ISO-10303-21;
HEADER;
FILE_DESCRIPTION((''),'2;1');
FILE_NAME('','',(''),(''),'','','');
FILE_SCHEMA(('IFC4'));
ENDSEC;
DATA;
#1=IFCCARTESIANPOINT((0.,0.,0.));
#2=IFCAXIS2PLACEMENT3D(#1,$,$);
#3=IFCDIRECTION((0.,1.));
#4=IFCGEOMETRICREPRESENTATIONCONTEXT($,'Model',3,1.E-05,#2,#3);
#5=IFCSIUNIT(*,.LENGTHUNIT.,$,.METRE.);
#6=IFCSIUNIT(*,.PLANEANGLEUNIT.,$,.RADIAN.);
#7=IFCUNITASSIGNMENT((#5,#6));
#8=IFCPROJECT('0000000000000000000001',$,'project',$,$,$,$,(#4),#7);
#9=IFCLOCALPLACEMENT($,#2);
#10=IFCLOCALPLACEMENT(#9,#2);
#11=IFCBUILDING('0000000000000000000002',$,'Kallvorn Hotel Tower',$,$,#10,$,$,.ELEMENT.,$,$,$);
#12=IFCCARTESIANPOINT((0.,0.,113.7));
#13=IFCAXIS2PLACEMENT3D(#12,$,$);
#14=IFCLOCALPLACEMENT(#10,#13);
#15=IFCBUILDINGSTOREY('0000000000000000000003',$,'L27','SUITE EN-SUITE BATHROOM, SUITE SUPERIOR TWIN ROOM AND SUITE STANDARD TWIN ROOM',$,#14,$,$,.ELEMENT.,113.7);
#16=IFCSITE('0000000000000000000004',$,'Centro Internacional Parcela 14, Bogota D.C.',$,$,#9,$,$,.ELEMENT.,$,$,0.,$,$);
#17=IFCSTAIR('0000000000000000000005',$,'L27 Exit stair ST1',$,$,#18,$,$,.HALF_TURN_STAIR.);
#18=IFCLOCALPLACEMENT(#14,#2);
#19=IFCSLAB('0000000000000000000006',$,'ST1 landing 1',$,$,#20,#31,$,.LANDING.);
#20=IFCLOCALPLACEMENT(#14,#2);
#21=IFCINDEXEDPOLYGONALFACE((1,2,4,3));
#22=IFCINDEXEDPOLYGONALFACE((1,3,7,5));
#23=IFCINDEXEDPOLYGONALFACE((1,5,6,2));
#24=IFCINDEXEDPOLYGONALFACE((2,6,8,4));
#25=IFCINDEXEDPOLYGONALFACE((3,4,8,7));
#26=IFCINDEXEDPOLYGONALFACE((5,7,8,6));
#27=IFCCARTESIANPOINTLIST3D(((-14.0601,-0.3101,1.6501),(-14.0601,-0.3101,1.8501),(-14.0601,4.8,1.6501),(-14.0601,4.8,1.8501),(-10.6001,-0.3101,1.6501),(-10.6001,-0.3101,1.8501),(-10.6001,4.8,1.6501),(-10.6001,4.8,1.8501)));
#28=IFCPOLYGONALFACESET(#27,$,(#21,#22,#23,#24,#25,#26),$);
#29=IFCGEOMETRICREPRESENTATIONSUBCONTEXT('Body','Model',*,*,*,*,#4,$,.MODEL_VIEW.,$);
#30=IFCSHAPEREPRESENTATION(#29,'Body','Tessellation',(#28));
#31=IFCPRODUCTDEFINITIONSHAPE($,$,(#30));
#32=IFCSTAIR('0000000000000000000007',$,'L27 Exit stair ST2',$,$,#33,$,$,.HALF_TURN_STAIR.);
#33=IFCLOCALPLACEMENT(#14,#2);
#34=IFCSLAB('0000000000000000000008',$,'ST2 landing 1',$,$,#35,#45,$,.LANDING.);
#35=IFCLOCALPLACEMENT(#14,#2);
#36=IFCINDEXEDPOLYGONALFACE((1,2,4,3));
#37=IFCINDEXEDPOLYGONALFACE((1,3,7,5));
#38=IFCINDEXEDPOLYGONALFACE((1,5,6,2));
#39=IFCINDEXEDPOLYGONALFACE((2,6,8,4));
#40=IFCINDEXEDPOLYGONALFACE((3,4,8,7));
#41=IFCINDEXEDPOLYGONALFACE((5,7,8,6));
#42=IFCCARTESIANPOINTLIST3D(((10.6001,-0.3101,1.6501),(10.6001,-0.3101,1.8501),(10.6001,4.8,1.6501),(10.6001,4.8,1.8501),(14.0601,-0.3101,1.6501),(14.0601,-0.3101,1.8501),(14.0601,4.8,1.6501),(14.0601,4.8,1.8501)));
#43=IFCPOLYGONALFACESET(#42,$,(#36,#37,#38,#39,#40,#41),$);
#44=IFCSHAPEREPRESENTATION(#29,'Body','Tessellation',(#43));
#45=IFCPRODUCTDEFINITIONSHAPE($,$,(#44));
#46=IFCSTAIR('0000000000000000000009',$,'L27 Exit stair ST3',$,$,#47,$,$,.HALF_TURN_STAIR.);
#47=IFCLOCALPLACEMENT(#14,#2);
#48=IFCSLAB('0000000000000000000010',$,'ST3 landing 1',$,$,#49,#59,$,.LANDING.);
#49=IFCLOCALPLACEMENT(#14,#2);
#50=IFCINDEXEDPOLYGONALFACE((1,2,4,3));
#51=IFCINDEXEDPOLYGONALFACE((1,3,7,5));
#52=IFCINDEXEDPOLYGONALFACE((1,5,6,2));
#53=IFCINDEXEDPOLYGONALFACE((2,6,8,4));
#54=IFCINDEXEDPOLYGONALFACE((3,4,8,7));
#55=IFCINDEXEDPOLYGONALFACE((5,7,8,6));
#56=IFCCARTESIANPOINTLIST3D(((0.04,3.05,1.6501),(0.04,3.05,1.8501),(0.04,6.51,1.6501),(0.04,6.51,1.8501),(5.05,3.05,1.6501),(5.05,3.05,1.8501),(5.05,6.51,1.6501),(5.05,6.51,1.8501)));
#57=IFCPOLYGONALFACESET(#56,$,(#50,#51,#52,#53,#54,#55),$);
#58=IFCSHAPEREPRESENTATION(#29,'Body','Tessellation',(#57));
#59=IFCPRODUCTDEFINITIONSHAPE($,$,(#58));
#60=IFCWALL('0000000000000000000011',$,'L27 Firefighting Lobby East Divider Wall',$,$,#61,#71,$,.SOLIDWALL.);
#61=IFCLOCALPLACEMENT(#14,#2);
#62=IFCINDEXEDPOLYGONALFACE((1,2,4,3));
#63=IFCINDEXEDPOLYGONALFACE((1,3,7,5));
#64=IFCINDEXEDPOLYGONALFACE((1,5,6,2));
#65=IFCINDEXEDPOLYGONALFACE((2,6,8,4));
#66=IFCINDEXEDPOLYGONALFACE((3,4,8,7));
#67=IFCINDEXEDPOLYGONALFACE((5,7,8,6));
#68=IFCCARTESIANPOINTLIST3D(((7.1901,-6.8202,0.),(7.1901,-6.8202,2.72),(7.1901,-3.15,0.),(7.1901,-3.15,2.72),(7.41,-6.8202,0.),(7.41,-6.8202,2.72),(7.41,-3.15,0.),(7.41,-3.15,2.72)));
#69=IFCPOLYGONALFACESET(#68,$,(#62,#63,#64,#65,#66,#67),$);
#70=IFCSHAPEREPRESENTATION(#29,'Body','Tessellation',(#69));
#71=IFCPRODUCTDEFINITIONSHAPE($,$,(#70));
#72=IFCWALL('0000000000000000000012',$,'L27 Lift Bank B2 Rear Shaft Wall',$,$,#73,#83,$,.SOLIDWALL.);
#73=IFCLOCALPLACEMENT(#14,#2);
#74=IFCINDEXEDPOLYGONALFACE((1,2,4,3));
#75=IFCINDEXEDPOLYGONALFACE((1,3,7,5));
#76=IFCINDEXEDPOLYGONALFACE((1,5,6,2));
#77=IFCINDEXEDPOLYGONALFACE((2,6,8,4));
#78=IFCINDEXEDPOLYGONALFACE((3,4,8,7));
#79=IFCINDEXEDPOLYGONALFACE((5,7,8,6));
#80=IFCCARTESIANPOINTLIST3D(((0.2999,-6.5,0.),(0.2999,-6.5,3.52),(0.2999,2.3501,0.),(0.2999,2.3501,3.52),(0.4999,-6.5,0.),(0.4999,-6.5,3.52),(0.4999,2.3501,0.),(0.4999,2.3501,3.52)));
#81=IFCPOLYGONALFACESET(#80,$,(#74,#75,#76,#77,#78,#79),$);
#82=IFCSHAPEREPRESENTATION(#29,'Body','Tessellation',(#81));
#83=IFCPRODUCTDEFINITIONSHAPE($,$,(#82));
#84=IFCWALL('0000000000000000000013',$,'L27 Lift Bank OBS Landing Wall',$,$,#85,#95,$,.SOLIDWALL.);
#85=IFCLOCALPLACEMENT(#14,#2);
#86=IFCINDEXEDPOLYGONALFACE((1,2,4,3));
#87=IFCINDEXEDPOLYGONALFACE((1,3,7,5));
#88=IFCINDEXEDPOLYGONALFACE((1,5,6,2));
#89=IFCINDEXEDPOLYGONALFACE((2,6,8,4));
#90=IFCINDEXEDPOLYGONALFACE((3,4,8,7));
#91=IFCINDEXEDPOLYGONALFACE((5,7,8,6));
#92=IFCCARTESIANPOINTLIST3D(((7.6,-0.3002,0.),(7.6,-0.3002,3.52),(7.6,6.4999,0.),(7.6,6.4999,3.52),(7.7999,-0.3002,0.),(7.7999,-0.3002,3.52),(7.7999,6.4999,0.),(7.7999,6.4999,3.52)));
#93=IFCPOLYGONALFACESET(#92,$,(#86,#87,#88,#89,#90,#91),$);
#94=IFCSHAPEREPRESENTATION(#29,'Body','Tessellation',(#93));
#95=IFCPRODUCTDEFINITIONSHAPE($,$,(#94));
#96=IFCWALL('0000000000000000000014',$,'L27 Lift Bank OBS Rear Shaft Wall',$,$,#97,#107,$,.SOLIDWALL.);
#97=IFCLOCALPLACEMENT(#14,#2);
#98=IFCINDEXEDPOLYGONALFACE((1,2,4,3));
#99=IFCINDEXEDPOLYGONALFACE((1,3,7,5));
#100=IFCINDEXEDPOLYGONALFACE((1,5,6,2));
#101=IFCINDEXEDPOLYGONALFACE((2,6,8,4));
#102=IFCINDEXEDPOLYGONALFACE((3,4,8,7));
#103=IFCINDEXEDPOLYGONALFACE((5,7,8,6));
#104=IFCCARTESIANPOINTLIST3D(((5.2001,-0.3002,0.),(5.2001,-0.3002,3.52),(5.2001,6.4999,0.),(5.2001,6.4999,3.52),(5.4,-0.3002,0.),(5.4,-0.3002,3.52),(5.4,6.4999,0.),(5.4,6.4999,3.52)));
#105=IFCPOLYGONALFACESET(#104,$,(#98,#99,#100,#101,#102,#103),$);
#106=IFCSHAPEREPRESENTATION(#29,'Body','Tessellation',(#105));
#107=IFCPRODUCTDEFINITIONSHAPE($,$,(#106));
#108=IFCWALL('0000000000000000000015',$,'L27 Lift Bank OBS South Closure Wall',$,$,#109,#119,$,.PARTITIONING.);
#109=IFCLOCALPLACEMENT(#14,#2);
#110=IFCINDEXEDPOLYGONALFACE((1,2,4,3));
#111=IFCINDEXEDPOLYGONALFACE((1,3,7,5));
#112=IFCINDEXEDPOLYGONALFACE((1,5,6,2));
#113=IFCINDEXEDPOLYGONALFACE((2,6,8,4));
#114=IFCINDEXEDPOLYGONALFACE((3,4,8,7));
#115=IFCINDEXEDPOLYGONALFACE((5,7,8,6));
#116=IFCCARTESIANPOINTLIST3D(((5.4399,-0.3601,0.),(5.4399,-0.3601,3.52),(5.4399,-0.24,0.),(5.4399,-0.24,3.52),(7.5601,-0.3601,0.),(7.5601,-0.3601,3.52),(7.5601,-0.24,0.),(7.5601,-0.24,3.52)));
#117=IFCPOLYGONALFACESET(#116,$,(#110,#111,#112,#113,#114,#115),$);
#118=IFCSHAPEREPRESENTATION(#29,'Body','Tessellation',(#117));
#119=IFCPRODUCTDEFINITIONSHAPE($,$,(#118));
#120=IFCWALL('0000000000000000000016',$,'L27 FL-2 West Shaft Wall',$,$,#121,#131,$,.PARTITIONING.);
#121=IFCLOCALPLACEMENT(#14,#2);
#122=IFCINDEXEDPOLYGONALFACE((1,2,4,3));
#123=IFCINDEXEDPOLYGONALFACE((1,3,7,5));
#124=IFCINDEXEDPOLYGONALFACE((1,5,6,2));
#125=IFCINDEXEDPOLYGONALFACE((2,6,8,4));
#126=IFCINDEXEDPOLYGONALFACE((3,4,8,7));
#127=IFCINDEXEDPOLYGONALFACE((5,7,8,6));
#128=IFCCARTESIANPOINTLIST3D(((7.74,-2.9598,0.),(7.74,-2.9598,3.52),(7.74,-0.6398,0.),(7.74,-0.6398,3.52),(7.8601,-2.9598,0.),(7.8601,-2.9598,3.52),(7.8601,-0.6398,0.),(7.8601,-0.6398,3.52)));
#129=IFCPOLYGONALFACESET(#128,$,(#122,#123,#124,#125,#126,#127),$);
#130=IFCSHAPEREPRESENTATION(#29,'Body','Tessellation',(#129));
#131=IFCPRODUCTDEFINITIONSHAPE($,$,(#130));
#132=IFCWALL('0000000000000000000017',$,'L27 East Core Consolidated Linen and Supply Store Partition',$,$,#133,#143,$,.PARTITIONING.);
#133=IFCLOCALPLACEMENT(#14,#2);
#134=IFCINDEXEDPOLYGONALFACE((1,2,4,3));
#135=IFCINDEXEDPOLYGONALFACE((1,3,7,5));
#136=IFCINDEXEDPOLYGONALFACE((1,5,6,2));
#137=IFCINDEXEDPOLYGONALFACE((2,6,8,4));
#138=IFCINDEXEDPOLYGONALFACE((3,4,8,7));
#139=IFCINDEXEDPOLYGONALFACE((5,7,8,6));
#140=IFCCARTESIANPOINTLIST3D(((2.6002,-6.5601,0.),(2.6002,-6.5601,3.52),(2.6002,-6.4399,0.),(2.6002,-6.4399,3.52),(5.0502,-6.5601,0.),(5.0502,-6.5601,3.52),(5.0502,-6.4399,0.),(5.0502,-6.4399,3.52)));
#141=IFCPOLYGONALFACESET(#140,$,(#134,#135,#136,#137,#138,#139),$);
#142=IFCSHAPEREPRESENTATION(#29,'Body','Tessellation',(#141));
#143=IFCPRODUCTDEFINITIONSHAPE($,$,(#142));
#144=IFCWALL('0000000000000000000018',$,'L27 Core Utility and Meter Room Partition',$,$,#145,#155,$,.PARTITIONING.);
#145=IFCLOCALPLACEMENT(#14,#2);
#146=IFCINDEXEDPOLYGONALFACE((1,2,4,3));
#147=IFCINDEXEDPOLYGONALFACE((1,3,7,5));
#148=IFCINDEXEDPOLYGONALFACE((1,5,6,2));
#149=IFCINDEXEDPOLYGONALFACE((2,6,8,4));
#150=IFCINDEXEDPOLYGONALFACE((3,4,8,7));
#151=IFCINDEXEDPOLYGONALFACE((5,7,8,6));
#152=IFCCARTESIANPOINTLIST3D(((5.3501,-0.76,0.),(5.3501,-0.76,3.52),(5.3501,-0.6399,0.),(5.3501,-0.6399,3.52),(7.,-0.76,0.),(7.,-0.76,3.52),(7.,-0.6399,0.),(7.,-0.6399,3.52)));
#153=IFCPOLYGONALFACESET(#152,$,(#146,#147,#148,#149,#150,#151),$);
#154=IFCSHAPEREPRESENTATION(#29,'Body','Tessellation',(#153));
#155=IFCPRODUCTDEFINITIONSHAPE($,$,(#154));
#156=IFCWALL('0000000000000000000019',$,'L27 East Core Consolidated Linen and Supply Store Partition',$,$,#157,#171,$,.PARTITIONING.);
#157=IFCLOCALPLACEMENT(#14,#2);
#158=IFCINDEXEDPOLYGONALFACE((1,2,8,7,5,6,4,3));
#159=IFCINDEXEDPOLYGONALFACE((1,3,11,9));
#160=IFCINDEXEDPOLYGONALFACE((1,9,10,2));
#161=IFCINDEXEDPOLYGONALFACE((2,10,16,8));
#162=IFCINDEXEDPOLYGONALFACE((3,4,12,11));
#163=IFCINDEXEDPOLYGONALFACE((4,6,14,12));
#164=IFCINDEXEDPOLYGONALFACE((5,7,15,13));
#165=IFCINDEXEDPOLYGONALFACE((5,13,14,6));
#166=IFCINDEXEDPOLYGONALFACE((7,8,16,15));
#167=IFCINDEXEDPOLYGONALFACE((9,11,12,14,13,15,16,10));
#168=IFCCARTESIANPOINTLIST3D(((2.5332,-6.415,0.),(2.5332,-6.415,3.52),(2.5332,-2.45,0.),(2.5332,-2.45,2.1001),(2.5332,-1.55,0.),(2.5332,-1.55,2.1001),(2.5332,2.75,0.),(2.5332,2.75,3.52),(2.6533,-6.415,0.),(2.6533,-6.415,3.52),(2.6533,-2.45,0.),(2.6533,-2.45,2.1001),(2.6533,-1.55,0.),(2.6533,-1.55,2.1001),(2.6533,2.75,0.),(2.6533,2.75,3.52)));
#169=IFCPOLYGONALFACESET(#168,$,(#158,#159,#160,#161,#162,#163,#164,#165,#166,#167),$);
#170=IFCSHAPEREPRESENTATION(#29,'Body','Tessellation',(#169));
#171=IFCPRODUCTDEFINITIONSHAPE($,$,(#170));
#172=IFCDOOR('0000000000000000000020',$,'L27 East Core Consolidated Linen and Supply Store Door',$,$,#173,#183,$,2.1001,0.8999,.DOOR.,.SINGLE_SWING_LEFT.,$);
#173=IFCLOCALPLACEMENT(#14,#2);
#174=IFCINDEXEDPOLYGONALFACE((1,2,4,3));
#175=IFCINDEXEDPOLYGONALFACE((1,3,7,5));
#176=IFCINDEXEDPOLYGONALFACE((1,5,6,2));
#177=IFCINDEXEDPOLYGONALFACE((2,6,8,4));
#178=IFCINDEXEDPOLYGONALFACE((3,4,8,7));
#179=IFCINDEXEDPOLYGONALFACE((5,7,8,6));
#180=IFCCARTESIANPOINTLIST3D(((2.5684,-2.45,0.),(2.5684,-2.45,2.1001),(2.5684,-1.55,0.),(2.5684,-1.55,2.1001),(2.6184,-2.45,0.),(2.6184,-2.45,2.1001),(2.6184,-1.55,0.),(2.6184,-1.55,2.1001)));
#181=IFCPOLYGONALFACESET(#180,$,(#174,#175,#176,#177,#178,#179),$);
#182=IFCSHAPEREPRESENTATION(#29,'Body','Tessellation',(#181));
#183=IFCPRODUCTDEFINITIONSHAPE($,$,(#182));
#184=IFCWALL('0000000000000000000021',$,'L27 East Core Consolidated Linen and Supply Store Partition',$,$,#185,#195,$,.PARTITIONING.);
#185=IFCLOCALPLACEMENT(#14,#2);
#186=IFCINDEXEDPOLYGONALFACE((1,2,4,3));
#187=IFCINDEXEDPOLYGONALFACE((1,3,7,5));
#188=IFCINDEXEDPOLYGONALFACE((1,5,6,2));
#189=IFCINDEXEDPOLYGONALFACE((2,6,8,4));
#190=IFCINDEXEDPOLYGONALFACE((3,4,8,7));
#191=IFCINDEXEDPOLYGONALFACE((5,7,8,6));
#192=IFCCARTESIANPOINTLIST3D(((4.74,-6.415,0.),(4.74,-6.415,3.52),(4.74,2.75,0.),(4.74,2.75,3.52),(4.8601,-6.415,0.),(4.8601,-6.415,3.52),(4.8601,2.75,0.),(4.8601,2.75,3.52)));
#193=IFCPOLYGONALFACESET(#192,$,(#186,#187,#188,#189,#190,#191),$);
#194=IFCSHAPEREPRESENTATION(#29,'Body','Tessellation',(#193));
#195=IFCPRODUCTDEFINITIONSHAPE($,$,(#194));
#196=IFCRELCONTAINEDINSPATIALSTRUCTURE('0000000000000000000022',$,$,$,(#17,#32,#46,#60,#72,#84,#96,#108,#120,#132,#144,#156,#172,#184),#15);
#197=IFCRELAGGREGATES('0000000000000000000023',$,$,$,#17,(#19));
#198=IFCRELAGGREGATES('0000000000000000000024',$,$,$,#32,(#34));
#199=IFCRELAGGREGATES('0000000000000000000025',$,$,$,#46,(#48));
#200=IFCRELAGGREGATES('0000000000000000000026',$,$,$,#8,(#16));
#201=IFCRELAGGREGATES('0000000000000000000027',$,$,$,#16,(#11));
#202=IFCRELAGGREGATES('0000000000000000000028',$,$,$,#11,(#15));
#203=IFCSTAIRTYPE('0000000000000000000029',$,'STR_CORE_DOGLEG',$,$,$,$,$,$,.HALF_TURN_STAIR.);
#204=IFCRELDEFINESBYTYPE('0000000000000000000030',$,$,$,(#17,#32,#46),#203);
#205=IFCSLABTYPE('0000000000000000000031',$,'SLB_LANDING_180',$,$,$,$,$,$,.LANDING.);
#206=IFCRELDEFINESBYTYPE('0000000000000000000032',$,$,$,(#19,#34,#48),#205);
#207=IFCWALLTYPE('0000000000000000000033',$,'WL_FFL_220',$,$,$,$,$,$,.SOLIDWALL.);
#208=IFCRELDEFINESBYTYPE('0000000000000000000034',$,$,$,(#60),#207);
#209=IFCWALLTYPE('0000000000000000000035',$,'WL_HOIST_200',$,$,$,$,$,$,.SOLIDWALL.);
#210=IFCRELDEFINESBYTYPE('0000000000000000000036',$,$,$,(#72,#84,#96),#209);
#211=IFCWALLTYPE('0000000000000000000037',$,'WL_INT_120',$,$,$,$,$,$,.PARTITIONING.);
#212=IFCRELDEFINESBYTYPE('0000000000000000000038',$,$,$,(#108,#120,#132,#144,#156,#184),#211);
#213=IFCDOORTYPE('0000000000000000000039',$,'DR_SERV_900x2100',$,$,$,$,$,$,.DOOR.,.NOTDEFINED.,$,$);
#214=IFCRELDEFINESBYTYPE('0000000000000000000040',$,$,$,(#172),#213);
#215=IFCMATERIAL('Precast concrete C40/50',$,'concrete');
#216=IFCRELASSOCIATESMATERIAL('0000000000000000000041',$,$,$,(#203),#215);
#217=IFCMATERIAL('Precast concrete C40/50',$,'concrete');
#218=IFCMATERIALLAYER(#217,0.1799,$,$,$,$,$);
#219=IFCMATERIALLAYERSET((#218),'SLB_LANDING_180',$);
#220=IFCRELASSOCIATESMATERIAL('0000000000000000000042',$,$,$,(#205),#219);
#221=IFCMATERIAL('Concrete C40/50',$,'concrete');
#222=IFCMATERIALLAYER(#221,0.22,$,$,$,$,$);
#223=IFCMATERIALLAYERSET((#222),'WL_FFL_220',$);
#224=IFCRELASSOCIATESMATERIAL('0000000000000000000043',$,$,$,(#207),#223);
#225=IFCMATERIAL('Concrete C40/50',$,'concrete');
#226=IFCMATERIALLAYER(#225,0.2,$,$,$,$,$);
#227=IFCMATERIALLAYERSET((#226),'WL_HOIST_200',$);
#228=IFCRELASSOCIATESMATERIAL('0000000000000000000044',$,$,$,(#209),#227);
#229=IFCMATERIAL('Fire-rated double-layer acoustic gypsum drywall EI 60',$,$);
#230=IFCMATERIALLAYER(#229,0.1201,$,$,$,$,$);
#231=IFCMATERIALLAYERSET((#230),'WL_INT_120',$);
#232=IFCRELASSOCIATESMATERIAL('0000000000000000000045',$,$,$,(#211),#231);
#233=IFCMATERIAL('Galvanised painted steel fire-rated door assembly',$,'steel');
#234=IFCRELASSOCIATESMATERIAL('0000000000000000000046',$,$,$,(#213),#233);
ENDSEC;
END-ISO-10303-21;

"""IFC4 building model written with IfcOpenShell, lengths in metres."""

from ifc_helpers import new_model, si_unit, direction, frame, frame_2d, origin, place, context, subcontext, project, spatial, polyline, rectangle, outline, extrude, material, layer, layer_set, type_object, element, fill, aggregate, save


model = new_model("IFC4")

# Units and contexts
model_context = context("Model", 3, precision=1e-05, world=origin(), true_north=direction((0.0, 1.0)))
body_context = subcontext(model_context, "Body", "Model", "MODEL_VIEW")
ifc_project = project(units=[si_unit("LENGTHUNIT", "METRE"), si_unit("PLANEANGLEUNIT", "RADIAN")], contexts=[model_context])

# Site, building, storey
site_placement = place(None, origin())
site = spatial("IfcSite", under=ifc_project, at=site_placement, Name="Centro Internacional Parcela 14, Bogota D.C.", CompositionType="ELEMENT", RefElevation=0.0)
building_placement = place(site_placement, origin())
building = spatial("IfcBuilding", under=site, at=building_placement, Name="Kallvorn Hotel Tower", CompositionType="ELEMENT")
storey_placement = place(building_placement, frame((0.0, 0.0, 113.7)))
storey = spatial("IfcBuildingStorey", under=building, at=storey_placement, Name="L27", Description="SUITE EN-SUITE BATHROOM, SUITE SUPERIOR TWIN ROOM AND SUITE STANDARD TWIN ROOM", CompositionType="ELEMENT", Elevation=113.7)

# Stairs, slabs
ifc_material_1 = material(Name="Precast concrete C40/50", Category="concrete")
stair_type = type_object("IfcStairType", Name="STR_CORE_DOGLEG", PredefinedType="HALF_TURN_STAIR", material=ifc_material_1)
stair_1_placement = place(storey_placement, origin())
stair_1 = element("IfcStair", 1, at=stair_1_placement, inside=storey, type_object=stair_type, Name="L27 Exit stair ST1", PredefinedType="HALF_TURN_STAIR")
ifc_material_2 = material(Name="Precast concrete C40/50", Category="concrete")
ifc_layer_1 = layer(ifc_material_2, 0.1799)
ifc_layer_set_1 = layer_set([ifc_layer_1], Name="SLB_LANDING_180")
slab_type = type_object("IfcSlabType", Name="SLB_LANDING_180", PredefinedType="LANDING", material=ifc_layer_set_1)
slab_1_placement = place(storey_placement, frame((0.0, 0.0, 1.6501)))
slab_1 = element("IfcSlab", 2, at=slab_1_placement, type_object=slab_type, Name="ST1 landing 1", PredefinedType="LANDING", context=body_context, shape_type="SweptSolid", body=[
    extrude(outline(polyline([(-10.6001, -0.3101), (-10.6001, 4.8), (-14.0601, 4.8), (-14.0601, -0.3101), (-10.6001, -0.3101)])), origin(), (0.0, 0.0, 1.0), 0.2),
])
aggregate(stair_1, [slab_1])
stair_2_placement = place(storey_placement, origin())
stair_2 = element("IfcStair", 3, at=stair_2_placement, inside=storey, type_object=stair_type, Name="L27 Exit stair ST2", PredefinedType="HALF_TURN_STAIR")
slab_2_placement = place(storey_placement, frame((0.0, 0.0, 1.6501)))
slab_2 = element("IfcSlab", 4, at=slab_2_placement, type_object=slab_type, Name="ST2 landing 1", PredefinedType="LANDING", context=body_context, shape_type="SweptSolid", body=[
    extrude(outline(polyline([(14.0601, -0.3101), (14.0601, 4.8), (10.6001, 4.8), (10.6001, -0.3101), (14.0601, -0.3101)])), origin(), (0.0, 0.0, 1.0), 0.2),
])
aggregate(stair_2, [slab_2])
stair_3_placement = place(storey_placement, origin())
stair_3 = element("IfcStair", 5, at=stair_3_placement, inside=storey, type_object=stair_type, Name="L27 Exit stair ST3", PredefinedType="HALF_TURN_STAIR")
slab_3_placement = place(storey_placement, frame((0.0, 0.0, 1.6501)))
slab_3 = element("IfcSlab", 6, at=slab_3_placement, type_object=slab_type, Name="ST3 landing 1", PredefinedType="LANDING", context=body_context, shape_type="SweptSolid", body=[
    extrude(outline(polyline([(0.04, 3.05), (5.05, 3.05), (5.05, 6.51), (0.04, 6.51), (0.04, 3.05)])), origin(), (0.0, 0.0, 1.0), 0.2),
])
aggregate(stair_3, [slab_3])

# Walls
ifc_material_3 = material(Name="Concrete C40/50", Category="concrete")
ifc_layer_2 = layer(ifc_material_3, 0.22)
ifc_layer_set_2 = layer_set([ifc_layer_2], Name="WL_FFL_220")
wall_type_1 = type_object("IfcWallType", Name="WL_FFL_220", PredefinedType="SOLIDWALL", material=ifc_layer_set_2)
wall_1_placement = place(storey_placement, frame((7.3, -6.8201, 0.0), z_axis=(0.0, 0.0, 1.0), x_axis=(0.0, 1.0, 0.0)))
element("IfcWall", 7, at=wall_1_placement, inside=storey, type_object=wall_type_1, Name="L27 Firefighting Lobby East Divider Wall", PredefinedType="SOLIDWALL", context=body_context, shape_type="SweptSolid", body=[
    extrude(rectangle(XDim=3.6702, YDim=0.22, at=frame_2d((1.835, 0.0))), origin(), (0.0, 0.0, 1.0), 2.72),
])
ifc_material_4 = material(Name="Concrete C40/50", Category="concrete")
ifc_layer_3 = layer(ifc_material_4, 0.2)
ifc_layer_set_3 = layer_set([ifc_layer_3], Name="WL_HOIST_200")
wall_type_2 = type_object("IfcWallType", Name="WL_HOIST_200", PredefinedType="SOLIDWALL", material=ifc_layer_set_3)
wall_2_placement = place(storey_placement, frame((0.3999, -6.5, 0.0), z_axis=(0.0, 0.0, 1.0), x_axis=(0.0, 1.0, 0.0)))
element("IfcWall", 8, at=wall_2_placement, inside=storey, type_object=wall_type_2, Name="L27 Lift Bank B2 Rear Shaft Wall", PredefinedType="SOLIDWALL", context=body_context, shape_type="SweptSolid", body=[
    extrude(rectangle(XDim=8.8501, YDim=0.2, at=frame_2d((4.425, 0.0))), origin(), (0.0, 0.0, 1.0), 3.52),
])
for number, where, z_axis, x_axis, name in (
    (9, (7.7, -0.3, 0.0), (0.0, 0.0, 1.0), (0.0, 1.0, 0.0), "L27 Lift Bank OBS Landing Wall"),
    (10, (5.3, -0.3, 0.0), (0.0, 0.0, 1.0), (0.0, 1.0, 0.0), "L27 Lift Bank OBS Rear Shaft Wall"),
):
    element("IfcWall", number, at=place(storey_placement, frame(where, z_axis=z_axis, x_axis=x_axis)), inside=storey, type_object=wall_type_2, Name=name, PredefinedType="SOLIDWALL", context=body_context, shape_type="SweptSolid", body=[
        extrude(rectangle(XDim=6.8, YDim=0.2, at=frame_2d((3.3999, 0.0))), origin(), (0.0, 0.0, 1.0), 3.52),
    ])
ifc_material_5 = material(Name="Fire-rated double-layer acoustic gypsum drywall EI 60")
ifc_layer_4 = layer(ifc_material_5, 0.1201)
ifc_layer_set_4 = layer_set([ifc_layer_4], Name="WL_INT_120")
wall_type_3 = type_object("IfcWallType", Name="WL_INT_120", PredefinedType="PARTITIONING", material=ifc_layer_set_4)
wall_3_placement = place(storey_placement, frame((5.4399, -0.3, 0.0), z_axis=(0.0, 0.0, 1.0), x_axis=(1.0, 0.0, 0.0)))
element("IfcWall", 11, at=wall_3_placement, inside=storey, type_object=wall_type_3, Name="L27 Lift Bank OBS South Closure Wall", PredefinedType="PARTITIONING", context=body_context, shape_type="SweptSolid", body=[
    extrude(rectangle(XDim=2.1201, YDim=0.1201, at=frame_2d((1.0601, 0.0))), origin(), (0.0, 0.0, 1.0), 3.52),
])
wall_4_placement = place(storey_placement, frame((7.8, -2.96, 0.0), z_axis=(0.0, 0.0, 1.0), x_axis=(0.0, 1.0, 0.0)))
element("IfcWall", 12, at=wall_4_placement, inside=storey, type_object=wall_type_3, Name="L27 FL-2 West Shaft Wall", PredefinedType="PARTITIONING", context=body_context, shape_type="SweptSolid", body=[
    extrude(rectangle(XDim=2.3201, YDim=0.1201, at=frame_2d((1.1602, 0.0))), origin(), (0.0, 0.0, 1.0), 3.52),
])
wall_5_placement = place(storey_placement, frame((2.6001, -6.5, 0.0), z_axis=(0.0, 0.0, 1.0), x_axis=(1.0, 0.0, 0.0)))
element("IfcWall", 13, at=wall_5_placement, inside=storey, type_object=wall_type_3, Name="L27 East Core Consolidated Linen and Supply Store Partition", PredefinedType="PARTITIONING", context=body_context, shape_type="SweptSolid", body=[
    extrude(rectangle(XDim=2.45, YDim=0.1201, at=frame_2d((1.2251, 0.0))), origin(), (0.0, 0.0, 1.0), 3.52),
])
wall_6_placement = place(storey_placement, frame((5.3501, -0.7, 0.0), z_axis=(0.0, 0.0, 1.0), x_axis=(1.0, 0.0, 0.0)))
element("IfcWall", 14, at=wall_6_placement, inside=storey, type_object=wall_type_3, Name="L27 Core Utility and Meter Room Partition", PredefinedType="PARTITIONING", context=body_context, shape_type="SweptSolid", body=[
    extrude(rectangle(XDim=1.6499, YDim=0.1201, at=frame_2d((0.825, 0.0))), origin(), (0.0, 0.0, 1.0), 3.52),
])

# Wall, opening, door
wall_7_placement = place(storey_placement, frame((2.5933, -6.415, 0.0), z_axis=(0.0, 0.0, 1.0), x_axis=(0.0, 1.0, 0.0)))
wall_7 = element("IfcWall", 15, at=wall_7_placement, inside=storey, type_object=wall_type_3, Name="L27 East Core Consolidated Linen and Supply Store Partition", PredefinedType="PARTITIONING", context=body_context, shape_type="SweptSolid", body=[
    extrude(rectangle(XDim=9.165, YDim=0.1201, at=frame_2d((4.5825, 0.0))), origin(), (0.0, 0.0, 1.0), 3.52),
])
opening_1_placement = place(wall_7_placement, frame((3.9651, 0.0, 0.0)))
opening_1 = element("IfcOpeningElement", 16, at=opening_1_placement, cuts=wall_7, PredefinedType="OPENING", context=body_context, shape_type="SweptSolid", body=[
    extrude(rectangle(XDim=0.8999, YDim=2.1001, at=frame_2d((0.45, 1.05))), frame((0.0, 0.075, 0.0), z_axis=(0.0, -1.0, 0.0), x_axis=(1.0, 0.0, 0.0)), (0.0, 0.0, 1.0), 0.1501),
])
ifc_material_6 = material(Name="Galvanised painted steel fire-rated door assembly", Category="steel")
door_type_1 = type_object("IfcDoorType", Name="DR_SERV_900x2100", OperationType="NOTDEFINED", PredefinedType="DOOR", material=ifc_material_6)
door_1_placement = place(opening_1_placement, origin())
door_1 = element("IfcDoor", 17, at=door_1_placement, inside=storey, type_object=door_type_1, Name="L27 East Core Consolidated Linen and Supply Store Door", OperationType="SINGLE_SWING_LEFT", OverallHeight=2.1001, OverallWidth=0.8999, PredefinedType="DOOR", context=body_context, shape_type="SweptSolid", body=[
    extrude(rectangle(XDim=0.8999, YDim=2.1001, at=frame_2d((0.45, 1.05))), frame((0.0, 0.0249, 0.0), z_axis=(0.0, -1.0, 0.0), x_axis=(1.0, 0.0, 0.0)), (0.0, 0.0, 1.0), 0.05),
])
fill(opening_1, door_1)

# Wall
wall_8_placement = place(storey_placement, frame((4.8, -6.415, 0.0), z_axis=(0.0, 0.0, 1.0), x_axis=(0.0, 1.0, 0.0)))
element("IfcWall", 18, at=wall_8_placement, inside=storey, type_object=wall_type_3, Name="L27 East Core Consolidated Linen and Supply Store Partition", PredefinedType="PARTITIONING", context=body_context, shape_type="SweptSolid", body=[
    extrude(rectangle(XDim=9.165, YDim=0.1201, at=frame_2d((4.5825, 0.0))), origin(), (0.0, 0.0, 1.0), 3.52),
])

save(model, "model.ifc")
